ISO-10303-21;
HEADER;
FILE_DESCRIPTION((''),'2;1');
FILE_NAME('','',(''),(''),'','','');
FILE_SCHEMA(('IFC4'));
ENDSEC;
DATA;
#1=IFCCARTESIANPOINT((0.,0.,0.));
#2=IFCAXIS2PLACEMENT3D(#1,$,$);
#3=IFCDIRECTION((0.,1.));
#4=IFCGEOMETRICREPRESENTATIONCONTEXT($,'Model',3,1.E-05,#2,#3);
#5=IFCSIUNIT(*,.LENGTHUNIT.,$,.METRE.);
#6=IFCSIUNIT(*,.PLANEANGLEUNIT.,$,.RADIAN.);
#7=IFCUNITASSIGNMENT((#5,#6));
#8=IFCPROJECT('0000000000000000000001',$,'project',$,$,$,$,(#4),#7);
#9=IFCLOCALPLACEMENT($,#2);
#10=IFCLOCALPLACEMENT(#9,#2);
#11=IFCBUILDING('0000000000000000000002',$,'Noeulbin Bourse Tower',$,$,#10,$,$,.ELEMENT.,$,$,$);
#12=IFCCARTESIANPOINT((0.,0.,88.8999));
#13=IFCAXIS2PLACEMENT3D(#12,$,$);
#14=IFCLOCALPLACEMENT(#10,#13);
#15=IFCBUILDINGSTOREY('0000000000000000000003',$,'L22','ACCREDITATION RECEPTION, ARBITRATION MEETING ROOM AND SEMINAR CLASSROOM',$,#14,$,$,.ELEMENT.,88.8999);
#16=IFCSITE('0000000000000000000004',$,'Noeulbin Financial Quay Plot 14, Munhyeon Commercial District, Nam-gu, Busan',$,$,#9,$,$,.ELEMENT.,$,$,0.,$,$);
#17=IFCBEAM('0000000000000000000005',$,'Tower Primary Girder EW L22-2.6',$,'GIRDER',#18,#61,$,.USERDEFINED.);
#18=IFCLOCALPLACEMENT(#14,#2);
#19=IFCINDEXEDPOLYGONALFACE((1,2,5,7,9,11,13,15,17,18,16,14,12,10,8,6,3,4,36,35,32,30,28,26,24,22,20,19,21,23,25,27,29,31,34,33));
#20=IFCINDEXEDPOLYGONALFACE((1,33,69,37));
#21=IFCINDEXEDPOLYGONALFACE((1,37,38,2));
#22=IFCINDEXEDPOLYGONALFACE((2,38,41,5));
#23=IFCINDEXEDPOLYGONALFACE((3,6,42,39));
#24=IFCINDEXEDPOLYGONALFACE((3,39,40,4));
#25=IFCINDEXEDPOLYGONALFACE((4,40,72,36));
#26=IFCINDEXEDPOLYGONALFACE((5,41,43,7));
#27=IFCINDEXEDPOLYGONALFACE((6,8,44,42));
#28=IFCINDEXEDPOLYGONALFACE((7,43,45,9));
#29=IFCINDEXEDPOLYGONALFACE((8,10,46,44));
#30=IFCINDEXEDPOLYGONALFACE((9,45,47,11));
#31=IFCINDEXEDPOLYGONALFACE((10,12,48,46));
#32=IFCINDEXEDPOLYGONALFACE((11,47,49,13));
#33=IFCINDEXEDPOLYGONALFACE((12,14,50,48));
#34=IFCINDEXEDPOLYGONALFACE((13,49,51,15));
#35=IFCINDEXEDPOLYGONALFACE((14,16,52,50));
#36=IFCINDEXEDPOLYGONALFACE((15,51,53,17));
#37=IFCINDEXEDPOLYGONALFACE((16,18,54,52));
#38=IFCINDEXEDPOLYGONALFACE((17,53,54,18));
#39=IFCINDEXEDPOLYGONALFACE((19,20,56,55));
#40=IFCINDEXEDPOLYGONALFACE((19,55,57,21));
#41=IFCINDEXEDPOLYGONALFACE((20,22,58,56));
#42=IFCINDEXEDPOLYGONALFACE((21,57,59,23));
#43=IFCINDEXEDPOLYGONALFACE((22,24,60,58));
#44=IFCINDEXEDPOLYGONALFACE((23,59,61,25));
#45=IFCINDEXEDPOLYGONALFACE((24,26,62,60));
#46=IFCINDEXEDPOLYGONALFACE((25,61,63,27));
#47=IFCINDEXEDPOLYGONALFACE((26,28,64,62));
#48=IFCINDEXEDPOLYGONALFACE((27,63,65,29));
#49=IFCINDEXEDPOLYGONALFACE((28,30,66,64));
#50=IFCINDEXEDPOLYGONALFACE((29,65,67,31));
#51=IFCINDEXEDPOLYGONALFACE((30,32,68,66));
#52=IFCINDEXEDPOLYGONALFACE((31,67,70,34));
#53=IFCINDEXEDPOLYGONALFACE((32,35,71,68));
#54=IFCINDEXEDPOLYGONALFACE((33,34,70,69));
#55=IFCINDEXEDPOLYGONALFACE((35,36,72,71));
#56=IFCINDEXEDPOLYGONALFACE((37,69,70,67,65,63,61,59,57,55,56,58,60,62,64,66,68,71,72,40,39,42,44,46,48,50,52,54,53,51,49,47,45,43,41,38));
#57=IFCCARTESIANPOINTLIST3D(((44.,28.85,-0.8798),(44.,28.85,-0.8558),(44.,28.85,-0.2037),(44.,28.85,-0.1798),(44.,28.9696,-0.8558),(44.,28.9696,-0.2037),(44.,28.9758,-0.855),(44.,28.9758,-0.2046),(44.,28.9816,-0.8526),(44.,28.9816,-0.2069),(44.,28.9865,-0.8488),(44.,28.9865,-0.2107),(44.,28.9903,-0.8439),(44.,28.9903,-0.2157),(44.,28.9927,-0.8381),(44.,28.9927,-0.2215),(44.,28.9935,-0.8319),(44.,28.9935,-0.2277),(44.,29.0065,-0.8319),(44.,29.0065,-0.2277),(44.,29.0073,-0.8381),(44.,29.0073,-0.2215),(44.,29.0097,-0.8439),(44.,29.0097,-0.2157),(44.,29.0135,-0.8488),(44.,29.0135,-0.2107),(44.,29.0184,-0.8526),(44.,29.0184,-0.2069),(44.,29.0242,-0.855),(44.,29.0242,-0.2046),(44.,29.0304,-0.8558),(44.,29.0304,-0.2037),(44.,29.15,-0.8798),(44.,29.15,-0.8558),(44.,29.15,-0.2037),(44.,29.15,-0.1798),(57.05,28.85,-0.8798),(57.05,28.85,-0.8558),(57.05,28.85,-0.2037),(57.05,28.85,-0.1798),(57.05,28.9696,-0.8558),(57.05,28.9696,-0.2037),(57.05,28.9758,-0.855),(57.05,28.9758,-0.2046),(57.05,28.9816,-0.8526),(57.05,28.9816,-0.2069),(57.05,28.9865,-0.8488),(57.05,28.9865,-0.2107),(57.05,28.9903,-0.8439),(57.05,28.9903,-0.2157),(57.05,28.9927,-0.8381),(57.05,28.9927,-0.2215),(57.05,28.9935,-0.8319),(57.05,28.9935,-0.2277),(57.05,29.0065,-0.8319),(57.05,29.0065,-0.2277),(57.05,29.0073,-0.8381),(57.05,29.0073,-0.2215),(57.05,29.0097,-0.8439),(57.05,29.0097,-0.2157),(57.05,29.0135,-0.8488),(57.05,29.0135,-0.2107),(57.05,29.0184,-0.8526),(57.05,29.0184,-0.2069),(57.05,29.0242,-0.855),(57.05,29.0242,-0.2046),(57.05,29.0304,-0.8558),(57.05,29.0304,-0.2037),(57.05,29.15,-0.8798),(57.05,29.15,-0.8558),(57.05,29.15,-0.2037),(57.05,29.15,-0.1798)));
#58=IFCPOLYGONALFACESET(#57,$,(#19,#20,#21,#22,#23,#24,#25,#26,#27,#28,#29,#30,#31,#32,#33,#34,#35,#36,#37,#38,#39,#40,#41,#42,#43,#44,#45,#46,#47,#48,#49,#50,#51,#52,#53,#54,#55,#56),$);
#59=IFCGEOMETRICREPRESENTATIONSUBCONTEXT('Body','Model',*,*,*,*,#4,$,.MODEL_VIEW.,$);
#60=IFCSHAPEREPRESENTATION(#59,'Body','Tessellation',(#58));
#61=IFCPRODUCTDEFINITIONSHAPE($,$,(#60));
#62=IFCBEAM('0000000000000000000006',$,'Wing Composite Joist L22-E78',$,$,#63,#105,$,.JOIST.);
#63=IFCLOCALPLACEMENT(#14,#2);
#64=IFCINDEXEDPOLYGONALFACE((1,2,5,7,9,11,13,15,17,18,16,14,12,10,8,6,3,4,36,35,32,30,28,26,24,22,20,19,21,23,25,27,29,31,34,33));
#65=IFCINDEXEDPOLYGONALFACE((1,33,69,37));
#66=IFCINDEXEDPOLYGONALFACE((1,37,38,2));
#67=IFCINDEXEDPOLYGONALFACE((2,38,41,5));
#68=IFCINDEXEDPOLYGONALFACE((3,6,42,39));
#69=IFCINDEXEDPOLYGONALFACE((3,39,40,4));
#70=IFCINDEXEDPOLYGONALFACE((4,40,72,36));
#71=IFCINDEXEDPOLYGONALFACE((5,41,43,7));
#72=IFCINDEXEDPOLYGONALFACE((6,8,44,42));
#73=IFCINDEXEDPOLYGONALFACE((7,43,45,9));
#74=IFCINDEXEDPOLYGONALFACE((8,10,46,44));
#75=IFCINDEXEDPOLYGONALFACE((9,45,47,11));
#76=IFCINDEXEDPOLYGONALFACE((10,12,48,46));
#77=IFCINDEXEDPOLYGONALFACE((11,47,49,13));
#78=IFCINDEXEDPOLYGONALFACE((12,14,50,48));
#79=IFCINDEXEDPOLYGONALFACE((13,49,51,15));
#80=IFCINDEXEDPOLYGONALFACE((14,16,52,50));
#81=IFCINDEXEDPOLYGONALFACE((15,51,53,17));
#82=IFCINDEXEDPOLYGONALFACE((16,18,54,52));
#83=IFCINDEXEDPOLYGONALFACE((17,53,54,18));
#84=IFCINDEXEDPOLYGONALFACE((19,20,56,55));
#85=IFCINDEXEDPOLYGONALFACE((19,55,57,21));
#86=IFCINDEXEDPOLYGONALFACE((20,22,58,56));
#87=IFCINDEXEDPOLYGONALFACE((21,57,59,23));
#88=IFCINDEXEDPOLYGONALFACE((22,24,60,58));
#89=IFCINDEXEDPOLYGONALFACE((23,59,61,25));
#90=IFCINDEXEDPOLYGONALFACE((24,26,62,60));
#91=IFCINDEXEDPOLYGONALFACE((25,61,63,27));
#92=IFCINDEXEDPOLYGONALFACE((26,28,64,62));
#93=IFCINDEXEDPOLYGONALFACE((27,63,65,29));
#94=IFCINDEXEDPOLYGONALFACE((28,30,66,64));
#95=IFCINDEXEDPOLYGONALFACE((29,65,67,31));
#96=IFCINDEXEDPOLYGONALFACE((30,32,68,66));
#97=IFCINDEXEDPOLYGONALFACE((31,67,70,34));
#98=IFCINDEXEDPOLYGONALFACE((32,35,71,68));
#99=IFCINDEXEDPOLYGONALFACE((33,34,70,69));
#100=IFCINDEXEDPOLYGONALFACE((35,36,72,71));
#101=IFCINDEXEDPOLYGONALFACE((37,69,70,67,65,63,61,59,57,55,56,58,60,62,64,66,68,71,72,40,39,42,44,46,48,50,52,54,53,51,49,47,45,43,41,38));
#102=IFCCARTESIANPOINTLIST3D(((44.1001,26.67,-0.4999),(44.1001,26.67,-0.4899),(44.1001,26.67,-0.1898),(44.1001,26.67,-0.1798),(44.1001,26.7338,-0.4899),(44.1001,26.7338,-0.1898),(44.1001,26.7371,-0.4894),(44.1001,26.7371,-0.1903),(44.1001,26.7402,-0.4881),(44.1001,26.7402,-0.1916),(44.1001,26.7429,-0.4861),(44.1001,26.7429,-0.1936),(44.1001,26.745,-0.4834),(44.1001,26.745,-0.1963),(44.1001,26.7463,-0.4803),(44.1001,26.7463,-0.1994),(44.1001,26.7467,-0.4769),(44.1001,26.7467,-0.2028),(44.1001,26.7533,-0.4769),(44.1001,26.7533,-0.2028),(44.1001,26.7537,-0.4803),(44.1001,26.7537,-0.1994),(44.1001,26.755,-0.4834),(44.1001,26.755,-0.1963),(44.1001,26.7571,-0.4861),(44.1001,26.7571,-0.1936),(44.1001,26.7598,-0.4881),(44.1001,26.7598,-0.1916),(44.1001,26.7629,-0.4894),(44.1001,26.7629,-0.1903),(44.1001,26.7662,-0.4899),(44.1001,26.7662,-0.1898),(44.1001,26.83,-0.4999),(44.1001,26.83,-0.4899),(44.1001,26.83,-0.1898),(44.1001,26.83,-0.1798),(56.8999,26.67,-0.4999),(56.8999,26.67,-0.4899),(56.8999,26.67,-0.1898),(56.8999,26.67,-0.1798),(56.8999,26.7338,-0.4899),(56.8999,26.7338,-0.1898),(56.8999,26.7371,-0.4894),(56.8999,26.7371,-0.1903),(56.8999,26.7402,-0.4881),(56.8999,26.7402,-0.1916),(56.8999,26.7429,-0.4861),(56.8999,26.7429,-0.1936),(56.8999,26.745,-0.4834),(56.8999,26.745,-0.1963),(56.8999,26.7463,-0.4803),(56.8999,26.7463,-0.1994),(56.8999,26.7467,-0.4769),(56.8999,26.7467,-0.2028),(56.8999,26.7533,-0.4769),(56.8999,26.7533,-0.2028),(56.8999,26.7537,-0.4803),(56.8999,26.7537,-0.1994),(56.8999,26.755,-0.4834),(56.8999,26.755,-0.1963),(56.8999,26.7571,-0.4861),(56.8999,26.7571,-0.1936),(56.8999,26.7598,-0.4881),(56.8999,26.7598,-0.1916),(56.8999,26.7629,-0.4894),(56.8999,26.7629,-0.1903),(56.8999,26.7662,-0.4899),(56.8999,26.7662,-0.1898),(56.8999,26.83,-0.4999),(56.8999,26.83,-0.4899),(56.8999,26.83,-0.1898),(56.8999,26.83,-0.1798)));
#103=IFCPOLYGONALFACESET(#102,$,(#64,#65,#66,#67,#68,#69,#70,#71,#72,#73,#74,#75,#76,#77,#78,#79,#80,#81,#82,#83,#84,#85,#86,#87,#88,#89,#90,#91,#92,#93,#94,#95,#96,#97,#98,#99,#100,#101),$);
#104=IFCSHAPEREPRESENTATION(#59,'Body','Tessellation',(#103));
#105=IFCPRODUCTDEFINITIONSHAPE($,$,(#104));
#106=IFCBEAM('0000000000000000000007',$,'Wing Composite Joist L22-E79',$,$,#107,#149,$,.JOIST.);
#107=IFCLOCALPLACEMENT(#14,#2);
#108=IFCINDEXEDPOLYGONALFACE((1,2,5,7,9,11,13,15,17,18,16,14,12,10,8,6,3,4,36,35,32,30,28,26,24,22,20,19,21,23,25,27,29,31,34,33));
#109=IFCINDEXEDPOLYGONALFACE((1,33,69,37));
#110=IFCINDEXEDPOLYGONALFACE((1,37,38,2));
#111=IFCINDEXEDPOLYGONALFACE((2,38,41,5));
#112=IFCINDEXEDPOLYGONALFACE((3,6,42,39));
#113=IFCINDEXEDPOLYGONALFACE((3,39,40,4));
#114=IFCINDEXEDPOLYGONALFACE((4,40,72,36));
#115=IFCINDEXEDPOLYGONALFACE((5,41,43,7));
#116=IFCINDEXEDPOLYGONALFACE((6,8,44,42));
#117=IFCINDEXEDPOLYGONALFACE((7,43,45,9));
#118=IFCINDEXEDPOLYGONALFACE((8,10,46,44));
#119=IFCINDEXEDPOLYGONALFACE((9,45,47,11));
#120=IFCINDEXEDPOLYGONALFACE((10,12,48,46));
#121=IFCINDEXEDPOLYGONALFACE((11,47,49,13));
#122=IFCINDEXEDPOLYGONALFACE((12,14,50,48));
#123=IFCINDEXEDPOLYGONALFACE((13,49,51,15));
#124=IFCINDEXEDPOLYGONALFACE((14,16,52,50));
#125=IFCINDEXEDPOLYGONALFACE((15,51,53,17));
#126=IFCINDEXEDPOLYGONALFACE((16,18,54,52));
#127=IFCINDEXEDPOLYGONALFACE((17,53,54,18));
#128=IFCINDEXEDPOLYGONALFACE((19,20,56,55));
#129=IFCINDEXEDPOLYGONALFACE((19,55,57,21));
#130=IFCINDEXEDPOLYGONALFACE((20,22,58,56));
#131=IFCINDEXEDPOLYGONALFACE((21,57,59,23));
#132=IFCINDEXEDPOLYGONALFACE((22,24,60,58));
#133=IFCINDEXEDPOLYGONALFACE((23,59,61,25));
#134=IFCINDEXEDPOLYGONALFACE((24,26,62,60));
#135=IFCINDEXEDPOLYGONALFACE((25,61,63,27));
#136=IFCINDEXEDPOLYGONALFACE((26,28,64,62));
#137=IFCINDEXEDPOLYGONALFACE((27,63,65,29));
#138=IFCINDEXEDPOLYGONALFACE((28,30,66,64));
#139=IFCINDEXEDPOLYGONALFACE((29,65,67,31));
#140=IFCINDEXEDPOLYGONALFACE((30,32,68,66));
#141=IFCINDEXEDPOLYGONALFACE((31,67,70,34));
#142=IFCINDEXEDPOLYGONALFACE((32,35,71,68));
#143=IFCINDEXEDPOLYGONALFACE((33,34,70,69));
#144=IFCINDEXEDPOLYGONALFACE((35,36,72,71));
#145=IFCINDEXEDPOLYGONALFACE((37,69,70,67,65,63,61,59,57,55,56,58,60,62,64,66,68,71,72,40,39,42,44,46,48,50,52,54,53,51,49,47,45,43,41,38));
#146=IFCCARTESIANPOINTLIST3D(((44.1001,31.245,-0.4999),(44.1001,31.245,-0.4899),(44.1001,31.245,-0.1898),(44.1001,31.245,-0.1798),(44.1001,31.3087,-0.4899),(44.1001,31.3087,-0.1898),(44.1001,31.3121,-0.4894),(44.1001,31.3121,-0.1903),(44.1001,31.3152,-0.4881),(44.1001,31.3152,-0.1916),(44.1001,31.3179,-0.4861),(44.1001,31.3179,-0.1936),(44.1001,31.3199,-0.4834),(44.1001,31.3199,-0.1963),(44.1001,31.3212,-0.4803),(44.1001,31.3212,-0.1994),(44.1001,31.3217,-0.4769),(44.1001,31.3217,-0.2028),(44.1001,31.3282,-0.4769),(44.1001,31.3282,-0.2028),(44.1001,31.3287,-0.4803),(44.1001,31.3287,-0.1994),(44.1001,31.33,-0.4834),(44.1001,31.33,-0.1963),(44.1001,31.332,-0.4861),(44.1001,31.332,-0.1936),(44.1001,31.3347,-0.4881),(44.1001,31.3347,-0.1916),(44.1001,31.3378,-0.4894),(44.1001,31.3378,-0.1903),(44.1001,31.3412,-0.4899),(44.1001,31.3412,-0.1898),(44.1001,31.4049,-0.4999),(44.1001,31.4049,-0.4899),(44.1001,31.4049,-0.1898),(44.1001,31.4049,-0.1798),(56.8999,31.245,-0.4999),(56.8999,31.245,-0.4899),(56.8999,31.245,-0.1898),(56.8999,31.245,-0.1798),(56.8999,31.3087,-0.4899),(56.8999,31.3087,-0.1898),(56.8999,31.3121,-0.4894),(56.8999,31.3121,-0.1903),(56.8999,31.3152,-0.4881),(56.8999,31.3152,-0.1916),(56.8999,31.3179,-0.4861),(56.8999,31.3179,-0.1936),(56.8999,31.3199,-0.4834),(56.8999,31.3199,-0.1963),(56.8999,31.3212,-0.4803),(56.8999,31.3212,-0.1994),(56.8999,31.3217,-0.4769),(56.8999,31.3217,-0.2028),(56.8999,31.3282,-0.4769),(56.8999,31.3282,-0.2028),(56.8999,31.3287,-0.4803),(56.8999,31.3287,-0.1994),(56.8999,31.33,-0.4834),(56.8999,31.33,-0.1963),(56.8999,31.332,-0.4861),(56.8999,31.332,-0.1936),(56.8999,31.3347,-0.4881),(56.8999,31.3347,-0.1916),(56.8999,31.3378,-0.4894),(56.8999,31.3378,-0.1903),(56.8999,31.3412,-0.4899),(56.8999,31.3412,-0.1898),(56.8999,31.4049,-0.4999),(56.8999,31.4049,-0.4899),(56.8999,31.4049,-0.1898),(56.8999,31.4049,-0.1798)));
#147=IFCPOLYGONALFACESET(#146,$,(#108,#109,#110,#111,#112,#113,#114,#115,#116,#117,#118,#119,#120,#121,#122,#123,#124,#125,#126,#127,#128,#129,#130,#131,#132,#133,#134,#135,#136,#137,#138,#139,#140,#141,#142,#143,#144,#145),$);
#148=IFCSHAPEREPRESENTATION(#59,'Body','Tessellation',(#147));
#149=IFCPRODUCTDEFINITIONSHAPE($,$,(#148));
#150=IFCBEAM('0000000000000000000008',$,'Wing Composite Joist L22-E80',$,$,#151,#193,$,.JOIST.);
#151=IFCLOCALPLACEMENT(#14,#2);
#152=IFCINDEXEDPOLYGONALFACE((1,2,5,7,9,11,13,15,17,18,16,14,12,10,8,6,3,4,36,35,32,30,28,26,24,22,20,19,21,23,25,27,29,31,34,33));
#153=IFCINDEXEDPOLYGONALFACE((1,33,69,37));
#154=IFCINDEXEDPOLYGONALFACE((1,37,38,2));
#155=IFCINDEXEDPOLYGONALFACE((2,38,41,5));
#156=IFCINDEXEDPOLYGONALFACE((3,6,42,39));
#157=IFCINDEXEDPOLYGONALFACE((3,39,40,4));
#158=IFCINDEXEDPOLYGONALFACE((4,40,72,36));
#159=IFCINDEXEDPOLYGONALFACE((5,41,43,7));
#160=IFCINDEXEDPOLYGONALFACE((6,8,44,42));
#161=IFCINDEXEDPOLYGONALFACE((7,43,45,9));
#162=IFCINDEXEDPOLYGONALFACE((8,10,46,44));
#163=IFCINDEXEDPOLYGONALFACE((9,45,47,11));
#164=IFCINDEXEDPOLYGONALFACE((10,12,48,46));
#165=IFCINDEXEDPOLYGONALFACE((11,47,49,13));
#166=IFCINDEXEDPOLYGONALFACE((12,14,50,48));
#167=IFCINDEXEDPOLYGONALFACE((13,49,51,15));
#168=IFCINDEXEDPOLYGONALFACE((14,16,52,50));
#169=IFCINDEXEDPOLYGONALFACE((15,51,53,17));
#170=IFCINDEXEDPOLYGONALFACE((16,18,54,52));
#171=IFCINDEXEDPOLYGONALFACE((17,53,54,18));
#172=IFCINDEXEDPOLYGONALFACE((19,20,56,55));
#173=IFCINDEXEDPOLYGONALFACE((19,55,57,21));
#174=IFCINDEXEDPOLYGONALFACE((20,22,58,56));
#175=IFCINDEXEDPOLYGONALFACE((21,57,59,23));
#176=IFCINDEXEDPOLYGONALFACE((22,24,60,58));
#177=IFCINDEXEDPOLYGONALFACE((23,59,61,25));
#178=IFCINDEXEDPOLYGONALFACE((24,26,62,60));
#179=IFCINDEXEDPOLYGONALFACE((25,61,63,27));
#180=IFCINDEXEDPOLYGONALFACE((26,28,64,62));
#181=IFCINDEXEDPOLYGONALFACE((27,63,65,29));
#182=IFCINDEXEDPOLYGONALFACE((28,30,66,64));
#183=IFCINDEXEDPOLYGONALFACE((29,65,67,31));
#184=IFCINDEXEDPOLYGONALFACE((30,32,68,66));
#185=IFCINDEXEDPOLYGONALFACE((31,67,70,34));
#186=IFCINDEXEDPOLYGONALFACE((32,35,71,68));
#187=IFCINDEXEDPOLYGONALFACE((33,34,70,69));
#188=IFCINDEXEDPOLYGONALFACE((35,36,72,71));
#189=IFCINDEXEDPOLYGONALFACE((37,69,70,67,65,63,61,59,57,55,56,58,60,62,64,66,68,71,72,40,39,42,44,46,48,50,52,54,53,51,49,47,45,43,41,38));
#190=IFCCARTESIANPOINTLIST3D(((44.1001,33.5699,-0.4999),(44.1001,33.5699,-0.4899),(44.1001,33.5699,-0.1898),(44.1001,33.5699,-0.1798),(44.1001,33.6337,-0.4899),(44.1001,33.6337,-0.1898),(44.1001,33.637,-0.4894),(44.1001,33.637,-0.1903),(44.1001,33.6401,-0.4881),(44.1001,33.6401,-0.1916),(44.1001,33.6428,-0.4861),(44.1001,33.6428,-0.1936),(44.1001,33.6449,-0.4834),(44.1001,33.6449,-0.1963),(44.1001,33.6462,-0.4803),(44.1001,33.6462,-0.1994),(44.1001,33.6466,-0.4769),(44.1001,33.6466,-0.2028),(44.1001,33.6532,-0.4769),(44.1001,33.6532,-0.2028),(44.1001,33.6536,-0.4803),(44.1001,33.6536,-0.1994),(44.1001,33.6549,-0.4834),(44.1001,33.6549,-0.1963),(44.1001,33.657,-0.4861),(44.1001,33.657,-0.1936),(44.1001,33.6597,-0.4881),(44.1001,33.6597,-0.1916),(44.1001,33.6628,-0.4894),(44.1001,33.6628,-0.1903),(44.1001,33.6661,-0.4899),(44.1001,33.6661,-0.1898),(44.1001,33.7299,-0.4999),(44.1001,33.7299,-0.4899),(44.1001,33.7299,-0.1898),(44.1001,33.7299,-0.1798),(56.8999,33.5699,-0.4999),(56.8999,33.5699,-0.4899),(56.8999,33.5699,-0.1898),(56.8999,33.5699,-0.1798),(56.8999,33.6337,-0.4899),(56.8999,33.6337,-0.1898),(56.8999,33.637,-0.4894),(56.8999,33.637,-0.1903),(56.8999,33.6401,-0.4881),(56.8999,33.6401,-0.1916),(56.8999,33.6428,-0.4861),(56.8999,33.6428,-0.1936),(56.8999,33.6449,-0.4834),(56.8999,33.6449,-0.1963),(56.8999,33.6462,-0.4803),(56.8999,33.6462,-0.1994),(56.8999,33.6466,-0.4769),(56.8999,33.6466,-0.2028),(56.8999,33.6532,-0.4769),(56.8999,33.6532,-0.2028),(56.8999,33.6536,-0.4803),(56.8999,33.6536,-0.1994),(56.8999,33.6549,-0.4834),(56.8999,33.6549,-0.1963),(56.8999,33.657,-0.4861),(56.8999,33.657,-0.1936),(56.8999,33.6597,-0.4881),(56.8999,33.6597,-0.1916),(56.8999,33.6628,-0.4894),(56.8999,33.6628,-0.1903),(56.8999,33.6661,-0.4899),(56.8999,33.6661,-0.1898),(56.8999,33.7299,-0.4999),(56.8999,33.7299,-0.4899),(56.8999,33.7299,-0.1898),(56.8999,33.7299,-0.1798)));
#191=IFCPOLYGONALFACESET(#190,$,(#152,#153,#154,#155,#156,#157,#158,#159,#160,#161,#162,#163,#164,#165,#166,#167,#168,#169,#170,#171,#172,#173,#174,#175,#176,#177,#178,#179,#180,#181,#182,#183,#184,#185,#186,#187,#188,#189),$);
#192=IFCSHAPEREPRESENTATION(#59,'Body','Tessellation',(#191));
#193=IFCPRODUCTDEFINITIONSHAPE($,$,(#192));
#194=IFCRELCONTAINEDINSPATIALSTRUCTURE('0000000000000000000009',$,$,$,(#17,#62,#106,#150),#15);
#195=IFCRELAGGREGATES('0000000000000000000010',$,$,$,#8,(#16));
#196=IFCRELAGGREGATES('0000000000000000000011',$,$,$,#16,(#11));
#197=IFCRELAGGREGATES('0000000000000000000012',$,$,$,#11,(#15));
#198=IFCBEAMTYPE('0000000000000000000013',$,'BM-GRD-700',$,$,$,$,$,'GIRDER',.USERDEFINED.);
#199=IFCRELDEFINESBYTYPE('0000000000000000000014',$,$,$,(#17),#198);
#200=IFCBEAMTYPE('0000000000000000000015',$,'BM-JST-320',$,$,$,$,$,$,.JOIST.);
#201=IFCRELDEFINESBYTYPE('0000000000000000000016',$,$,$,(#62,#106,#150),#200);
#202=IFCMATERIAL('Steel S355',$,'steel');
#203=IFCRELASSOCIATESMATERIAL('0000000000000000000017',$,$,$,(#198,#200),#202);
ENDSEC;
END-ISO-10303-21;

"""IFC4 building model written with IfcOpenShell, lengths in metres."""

from ifc_helpers import new_model, si_unit, direction, frame, origin, origin_2d, place, context, subcontext, project, spatial, i_section, extrude, material, material_profile, profile_set, type_object, element, save


model = new_model("IFC4")

# Units and contexts
model_context = context("Model", 3, precision=1e-05, world=origin(), true_north=direction((0.0, 1.0)))
body_context = subcontext(model_context, "Body", "Model", "MODEL_VIEW")
ifc_project = project(units=[si_unit("LENGTHUNIT", "METRE"), si_unit("PLANEANGLEUNIT", "RADIAN")], contexts=[model_context])

# Site, building, storey
site_placement = place(None, origin())
site = spatial("IfcSite", under=ifc_project, at=site_placement, Name="Noeulbin Financial Quay Plot 14, Munhyeon Commercial District, Nam-gu, Busan", CompositionType="ELEMENT", RefElevation=0.0)
building_placement = place(site_placement, origin())
building = spatial("IfcBuilding", under=site, at=building_placement, Name="Noeulbin Bourse Tower", CompositionType="ELEMENT")
storey_placement = place(building_placement, frame((0.0, 0.0, 88.8999)))
storey = spatial("IfcBuildingStorey", under=building, at=storey_placement, Name="L22", Description="ACCREDITATION RECEPTION, ARBITRATION MEETING ROOM AND SEMINAR CLASSROOM", CompositionType="ELEMENT", Elevation=88.8999)

# Beams
ifc_material_1 = material(Name="Steel S355", Category="steel")
ifc_material_profile_1 = material_profile(ifc_material_1, i_section(OverallWidth=0.3, OverallDepth=0.7, WebThickness=0.0129, FlangeThickness=0.0239, FilletRadius=0.0239, at=origin_2d()), Name="H-700x300x13x24", Category="LoadBearing")
ifc_profile_set_1 = profile_set([ifc_material_profile_1], Name="Steel S355")
beam_type_1 = type_object("IfcBeamType", Name="BM-GRD-700", ElementType="GIRDER", PredefinedType="USERDEFINED", material=ifc_profile_set_1)
beam_1_placement = place(storey_placement, frame((44.0, 29.0, -0.5298), z_axis=(1.0, 0.0, 0.0), x_axis=(0.0, 1.0, 0.0)))
element("IfcBeam", 1, at=beam_1_placement, inside=storey, type_object=beam_type_1, Name="Tower Primary Girder EW L22-2.6", ObjectType="GIRDER", PredefinedType="USERDEFINED", context=body_context, shape_type="SweptSolid", body=[
    extrude(i_section(OverallWidth=0.3, OverallDepth=0.7, WebThickness=0.0129, FlangeThickness=0.0239, FilletRadius=0.0239, at=origin_2d()), origin(), (0.0, 0.0, 1.0), 13.05),
])
ifc_material_profile_2 = material_profile(ifc_material_1, i_section(OverallWidth=0.1599, OverallDepth=0.3201, WebThickness=0.0066, FlangeThickness=0.01, FilletRadius=0.0129, at=origin_2d()), Name="H-320x160x6.5x10", Category="LoadBearing")
ifc_profile_set_2 = profile_set([ifc_material_profile_2], Name="Steel S355")
beam_type_2 = type_object("IfcBeamType", Name="BM-JST-320", PredefinedType="JOIST", material=ifc_profile_set_2)
for number, where, z_axis, x_axis, name in (
    (2, (44.1001, 26.75, -0.3398), (1.0, 0.0, 0.0), (0.0, 1.0, 0.0), "Wing Composite Joist L22-E78"),
    (3, (44.1001, 31.325, -0.3398), (1.0, 0.0, 0.0), (0.0, 1.0, 0.0), "Wing Composite Joist L22-E79"),
    (4, (44.1001, 33.6499, -0.3398), (1.0, 0.0, 0.0), (0.0, 1.0, 0.0), "Wing Composite Joist L22-E80"),
):
    element("IfcBeam", number, at=place(storey_placement, frame(where, z_axis=z_axis, x_axis=x_axis)), inside=storey, type_object=beam_type_2, Name=name, PredefinedType="JOIST", context=body_context, shape_type="SweptSolid", body=[
        extrude(i_section(OverallWidth=0.1599, OverallDepth=0.3201, WebThickness=0.0066, FlangeThickness=0.01, FilletRadius=0.0129, at=origin_2d()), origin(), (0.0, 0.0, 1.0), 12.7998),
    ])

save(model, "model.ifc")
